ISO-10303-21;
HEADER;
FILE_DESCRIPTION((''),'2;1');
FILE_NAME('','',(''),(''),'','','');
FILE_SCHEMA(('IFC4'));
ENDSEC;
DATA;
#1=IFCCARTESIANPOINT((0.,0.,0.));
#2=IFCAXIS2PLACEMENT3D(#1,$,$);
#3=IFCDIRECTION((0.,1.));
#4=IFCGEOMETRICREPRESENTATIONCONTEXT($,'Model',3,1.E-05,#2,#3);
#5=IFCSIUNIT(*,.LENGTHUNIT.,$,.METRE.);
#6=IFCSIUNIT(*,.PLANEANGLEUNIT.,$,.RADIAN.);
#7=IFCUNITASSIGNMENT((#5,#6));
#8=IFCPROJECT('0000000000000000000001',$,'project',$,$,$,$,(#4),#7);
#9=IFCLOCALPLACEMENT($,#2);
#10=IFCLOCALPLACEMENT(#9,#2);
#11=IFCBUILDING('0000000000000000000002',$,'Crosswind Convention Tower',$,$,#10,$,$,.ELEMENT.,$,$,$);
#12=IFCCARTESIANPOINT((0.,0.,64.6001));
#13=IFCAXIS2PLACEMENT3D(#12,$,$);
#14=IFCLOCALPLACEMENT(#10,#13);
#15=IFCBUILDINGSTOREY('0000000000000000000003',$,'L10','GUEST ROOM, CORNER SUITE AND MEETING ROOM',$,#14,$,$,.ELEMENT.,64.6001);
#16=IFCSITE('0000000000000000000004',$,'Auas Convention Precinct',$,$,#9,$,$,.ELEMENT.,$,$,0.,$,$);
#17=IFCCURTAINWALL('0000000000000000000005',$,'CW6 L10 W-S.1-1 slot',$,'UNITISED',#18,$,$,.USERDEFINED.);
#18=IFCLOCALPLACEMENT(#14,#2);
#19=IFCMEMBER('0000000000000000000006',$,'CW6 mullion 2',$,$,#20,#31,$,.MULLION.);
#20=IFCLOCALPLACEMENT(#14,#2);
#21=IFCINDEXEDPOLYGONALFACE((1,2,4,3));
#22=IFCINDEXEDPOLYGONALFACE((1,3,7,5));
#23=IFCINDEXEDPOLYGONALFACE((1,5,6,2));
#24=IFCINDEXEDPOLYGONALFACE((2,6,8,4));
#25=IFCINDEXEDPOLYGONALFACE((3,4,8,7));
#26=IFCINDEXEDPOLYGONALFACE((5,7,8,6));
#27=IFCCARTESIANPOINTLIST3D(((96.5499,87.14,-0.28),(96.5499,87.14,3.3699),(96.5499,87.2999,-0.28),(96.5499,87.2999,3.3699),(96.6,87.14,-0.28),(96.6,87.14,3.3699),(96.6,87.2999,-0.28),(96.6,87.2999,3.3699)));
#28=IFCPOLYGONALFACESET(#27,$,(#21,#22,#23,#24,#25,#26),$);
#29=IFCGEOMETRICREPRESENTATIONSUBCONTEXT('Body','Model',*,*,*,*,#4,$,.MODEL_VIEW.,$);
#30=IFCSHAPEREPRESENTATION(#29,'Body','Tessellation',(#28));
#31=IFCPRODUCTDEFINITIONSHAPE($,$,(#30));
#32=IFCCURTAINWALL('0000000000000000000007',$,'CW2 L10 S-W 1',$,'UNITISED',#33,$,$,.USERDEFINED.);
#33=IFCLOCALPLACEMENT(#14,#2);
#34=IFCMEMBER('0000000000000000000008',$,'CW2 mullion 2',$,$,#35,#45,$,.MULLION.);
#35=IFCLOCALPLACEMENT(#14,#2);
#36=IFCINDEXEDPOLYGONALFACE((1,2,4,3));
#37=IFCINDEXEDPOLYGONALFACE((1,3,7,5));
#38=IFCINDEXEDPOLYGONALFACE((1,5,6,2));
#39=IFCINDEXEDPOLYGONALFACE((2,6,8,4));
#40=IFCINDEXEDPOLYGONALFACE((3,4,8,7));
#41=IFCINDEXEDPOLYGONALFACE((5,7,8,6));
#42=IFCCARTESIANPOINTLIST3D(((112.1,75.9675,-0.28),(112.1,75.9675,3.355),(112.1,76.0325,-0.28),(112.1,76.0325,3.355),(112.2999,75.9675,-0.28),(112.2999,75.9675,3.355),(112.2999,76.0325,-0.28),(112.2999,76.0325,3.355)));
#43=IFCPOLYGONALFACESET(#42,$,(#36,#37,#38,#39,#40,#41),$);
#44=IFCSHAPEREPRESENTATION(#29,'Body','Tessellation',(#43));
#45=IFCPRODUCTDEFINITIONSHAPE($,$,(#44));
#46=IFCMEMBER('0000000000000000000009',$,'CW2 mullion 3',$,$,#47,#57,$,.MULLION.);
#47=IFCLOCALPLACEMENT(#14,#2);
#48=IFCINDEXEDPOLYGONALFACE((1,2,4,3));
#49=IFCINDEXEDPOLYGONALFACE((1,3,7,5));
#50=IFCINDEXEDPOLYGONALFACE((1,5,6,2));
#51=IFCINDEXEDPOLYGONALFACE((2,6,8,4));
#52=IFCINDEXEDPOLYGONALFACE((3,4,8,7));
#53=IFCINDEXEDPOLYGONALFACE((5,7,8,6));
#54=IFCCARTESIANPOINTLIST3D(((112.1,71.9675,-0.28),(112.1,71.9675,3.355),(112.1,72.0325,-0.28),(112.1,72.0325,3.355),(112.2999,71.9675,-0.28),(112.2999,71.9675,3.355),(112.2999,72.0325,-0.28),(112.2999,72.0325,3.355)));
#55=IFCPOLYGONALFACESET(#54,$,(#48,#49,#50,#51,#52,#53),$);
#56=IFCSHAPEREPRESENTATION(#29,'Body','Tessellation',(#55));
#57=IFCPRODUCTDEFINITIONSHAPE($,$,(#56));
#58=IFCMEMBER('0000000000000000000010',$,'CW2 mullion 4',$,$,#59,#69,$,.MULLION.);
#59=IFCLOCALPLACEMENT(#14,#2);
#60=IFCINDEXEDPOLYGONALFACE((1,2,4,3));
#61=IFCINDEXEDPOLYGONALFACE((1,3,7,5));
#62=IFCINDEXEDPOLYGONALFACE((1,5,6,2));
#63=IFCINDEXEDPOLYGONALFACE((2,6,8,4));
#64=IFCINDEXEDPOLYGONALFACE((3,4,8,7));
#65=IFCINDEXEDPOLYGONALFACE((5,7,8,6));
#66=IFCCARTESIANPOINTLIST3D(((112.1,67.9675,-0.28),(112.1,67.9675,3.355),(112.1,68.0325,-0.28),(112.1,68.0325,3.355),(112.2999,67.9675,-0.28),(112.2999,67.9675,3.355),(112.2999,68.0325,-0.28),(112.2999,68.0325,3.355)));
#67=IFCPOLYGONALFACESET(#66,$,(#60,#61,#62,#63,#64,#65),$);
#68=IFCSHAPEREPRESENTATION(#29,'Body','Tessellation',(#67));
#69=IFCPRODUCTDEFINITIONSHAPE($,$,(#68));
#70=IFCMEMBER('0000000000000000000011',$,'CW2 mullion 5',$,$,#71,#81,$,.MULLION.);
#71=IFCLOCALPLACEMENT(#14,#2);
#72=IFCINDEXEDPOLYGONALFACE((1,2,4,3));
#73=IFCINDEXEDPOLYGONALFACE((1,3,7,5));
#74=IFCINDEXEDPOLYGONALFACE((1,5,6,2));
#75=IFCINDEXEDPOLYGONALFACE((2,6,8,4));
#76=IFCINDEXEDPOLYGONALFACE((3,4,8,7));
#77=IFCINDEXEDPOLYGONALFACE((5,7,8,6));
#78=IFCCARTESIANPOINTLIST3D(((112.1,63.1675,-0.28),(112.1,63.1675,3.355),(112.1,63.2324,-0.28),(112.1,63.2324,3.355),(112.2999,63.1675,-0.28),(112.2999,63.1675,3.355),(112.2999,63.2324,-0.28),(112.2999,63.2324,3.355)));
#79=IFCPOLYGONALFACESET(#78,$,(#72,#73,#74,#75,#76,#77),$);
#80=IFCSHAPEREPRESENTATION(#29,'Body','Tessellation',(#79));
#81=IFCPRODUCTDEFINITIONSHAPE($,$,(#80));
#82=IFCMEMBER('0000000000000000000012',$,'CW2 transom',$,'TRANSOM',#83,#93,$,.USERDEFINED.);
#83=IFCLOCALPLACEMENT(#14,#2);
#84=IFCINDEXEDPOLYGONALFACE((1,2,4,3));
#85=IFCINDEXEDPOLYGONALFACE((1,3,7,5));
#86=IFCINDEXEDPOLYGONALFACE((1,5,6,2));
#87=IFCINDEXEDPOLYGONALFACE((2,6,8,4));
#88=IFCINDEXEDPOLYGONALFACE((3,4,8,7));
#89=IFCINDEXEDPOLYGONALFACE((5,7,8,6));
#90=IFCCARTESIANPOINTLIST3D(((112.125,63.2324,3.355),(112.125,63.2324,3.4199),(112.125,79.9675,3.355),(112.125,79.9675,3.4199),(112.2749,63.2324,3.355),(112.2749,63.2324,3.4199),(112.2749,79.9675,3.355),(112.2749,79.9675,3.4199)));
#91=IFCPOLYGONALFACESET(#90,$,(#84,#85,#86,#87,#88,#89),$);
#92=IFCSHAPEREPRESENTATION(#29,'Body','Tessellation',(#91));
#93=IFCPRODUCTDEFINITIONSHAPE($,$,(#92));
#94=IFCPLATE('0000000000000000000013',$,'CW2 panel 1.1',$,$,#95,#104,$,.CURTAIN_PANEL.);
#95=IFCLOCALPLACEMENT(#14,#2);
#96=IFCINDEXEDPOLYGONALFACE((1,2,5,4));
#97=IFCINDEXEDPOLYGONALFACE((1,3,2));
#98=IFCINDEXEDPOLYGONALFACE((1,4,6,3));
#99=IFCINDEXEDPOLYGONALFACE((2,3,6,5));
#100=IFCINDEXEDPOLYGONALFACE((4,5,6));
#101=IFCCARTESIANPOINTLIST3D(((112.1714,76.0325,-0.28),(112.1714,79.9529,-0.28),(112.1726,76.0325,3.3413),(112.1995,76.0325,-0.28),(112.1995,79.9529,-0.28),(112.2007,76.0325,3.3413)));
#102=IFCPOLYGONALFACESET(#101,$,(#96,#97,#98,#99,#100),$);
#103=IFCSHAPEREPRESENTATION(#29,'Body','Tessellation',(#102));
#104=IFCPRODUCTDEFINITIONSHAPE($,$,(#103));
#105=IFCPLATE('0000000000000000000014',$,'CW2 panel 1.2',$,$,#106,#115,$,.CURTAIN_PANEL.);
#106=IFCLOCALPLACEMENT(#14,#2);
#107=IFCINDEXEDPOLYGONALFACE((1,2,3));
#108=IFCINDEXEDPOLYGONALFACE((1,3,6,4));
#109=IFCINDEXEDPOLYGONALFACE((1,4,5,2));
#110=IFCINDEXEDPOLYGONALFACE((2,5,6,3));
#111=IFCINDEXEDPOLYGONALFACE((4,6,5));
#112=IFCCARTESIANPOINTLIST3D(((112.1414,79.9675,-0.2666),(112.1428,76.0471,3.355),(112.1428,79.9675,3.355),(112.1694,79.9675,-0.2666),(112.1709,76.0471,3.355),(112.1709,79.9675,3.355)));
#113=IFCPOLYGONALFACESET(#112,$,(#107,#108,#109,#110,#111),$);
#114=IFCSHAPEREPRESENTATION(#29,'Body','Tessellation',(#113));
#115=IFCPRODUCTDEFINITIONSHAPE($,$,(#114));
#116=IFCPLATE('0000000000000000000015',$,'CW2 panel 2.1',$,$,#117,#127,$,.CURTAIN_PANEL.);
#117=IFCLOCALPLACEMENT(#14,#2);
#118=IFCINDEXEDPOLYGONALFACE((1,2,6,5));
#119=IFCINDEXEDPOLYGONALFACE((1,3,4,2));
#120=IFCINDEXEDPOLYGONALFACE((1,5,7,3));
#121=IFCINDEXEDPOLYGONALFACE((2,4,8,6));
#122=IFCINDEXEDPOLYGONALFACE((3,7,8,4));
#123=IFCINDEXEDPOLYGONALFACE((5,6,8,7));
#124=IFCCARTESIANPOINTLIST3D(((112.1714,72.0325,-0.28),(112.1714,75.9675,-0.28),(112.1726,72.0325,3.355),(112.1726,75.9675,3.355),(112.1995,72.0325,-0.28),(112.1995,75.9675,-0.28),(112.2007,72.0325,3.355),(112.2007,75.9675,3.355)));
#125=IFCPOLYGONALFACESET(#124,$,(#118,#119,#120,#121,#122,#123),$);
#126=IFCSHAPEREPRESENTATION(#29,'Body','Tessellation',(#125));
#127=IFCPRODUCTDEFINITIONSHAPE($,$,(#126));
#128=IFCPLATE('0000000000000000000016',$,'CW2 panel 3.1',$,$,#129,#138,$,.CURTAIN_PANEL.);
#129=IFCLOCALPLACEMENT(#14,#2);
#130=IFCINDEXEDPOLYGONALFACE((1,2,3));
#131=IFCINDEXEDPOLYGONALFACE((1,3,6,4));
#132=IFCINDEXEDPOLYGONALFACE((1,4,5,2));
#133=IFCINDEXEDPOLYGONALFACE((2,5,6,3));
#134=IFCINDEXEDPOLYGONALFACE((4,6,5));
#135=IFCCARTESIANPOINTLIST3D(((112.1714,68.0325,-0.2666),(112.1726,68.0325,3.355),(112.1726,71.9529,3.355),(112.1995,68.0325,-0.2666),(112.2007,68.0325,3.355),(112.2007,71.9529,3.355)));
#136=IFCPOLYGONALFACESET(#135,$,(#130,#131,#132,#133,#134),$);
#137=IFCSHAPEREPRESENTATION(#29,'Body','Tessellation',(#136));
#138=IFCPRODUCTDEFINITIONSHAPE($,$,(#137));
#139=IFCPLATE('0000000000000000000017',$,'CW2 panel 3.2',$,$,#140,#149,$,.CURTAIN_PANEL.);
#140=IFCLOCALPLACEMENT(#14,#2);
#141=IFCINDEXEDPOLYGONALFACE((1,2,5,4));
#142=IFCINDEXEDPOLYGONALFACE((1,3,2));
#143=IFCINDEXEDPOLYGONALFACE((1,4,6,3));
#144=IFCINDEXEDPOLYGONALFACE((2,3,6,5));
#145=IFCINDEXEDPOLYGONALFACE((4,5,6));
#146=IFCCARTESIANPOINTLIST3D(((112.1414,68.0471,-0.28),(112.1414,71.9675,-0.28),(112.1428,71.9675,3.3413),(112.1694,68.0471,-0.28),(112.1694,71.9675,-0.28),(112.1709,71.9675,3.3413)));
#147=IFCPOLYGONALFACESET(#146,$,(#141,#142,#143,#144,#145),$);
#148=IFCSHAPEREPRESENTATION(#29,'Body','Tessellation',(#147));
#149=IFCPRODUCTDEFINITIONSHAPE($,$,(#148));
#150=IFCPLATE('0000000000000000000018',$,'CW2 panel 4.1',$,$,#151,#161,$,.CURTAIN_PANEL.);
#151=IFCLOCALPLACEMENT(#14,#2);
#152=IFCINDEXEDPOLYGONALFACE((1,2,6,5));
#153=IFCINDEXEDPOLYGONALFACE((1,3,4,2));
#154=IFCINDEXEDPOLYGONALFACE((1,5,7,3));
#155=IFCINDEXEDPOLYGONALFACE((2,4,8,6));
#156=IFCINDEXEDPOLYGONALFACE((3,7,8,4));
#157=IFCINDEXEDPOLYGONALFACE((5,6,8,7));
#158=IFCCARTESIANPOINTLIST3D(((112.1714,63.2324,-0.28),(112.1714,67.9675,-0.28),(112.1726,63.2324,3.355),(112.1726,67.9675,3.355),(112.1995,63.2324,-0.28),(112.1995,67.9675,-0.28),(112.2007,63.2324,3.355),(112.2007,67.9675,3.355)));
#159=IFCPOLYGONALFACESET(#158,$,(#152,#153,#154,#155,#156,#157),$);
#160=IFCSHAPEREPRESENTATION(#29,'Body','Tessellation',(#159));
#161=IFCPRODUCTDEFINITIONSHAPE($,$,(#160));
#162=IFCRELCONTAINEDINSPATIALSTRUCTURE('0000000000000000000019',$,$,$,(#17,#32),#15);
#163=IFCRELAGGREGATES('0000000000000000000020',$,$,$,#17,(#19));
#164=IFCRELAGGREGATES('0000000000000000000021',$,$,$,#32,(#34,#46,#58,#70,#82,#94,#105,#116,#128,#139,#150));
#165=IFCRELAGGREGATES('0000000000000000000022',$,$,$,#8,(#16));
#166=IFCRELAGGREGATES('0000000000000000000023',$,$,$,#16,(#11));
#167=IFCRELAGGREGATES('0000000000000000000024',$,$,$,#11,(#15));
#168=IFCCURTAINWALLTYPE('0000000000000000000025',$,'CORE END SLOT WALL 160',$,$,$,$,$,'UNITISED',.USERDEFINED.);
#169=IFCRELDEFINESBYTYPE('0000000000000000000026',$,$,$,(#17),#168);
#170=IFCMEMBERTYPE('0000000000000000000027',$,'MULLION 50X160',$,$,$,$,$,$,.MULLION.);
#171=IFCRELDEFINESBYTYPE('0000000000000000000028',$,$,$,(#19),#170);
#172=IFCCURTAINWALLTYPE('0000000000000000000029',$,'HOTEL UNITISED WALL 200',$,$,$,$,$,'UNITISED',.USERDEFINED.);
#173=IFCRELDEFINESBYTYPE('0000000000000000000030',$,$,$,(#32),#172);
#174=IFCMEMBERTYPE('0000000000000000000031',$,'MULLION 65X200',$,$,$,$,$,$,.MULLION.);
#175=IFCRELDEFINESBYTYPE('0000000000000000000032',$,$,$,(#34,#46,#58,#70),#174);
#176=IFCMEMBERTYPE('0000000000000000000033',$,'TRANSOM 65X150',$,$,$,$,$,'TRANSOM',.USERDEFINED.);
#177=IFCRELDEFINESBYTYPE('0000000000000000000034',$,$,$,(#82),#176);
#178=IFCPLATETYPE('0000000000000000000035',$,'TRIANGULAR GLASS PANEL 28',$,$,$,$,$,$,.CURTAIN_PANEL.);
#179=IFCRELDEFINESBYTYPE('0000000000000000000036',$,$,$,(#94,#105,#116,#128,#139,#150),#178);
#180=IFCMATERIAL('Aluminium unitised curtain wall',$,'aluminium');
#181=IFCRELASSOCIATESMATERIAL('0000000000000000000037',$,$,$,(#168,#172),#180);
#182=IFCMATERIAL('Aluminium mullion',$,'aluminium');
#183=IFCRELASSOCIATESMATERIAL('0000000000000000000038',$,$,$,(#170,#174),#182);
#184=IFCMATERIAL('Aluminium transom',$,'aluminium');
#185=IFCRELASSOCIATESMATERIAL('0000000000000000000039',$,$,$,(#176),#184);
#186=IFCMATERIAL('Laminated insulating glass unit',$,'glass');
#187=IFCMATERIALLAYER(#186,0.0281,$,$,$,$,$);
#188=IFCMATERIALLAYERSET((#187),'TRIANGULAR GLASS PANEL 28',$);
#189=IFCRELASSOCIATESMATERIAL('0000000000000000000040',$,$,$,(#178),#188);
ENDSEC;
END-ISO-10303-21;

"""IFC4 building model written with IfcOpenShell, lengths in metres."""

from ifc_helpers import new_model, si_unit, direction, frame, origin, origin_2d, place, context, subcontext, project, spatial, polyline, rectangle, outline, extrude, material, layer, layer_set, material_profile, profile_set, type_object, element, aggregate, save


model = new_model("IFC4")

# Units and contexts
model_context = context("Model", 3, precision=1e-05, world=origin(), true_north=direction((0.0, 1.0)))
body_context = subcontext(model_context, "Body", "Model", "MODEL_VIEW")
ifc_project = project(units=[si_unit("LENGTHUNIT", "METRE"), si_unit("PLANEANGLEUNIT", "RADIAN")], contexts=[model_context])

# Site, building, storey
site_placement = place(None, origin())
site = spatial("IfcSite", under=ifc_project, at=site_placement, Name="Auas Convention Precinct", CompositionType="ELEMENT", RefElevation=0.0)
building_placement = place(site_placement, origin())
building = spatial("IfcBuilding", under=site, at=building_placement, Name="Crosswind Convention Tower", CompositionType="ELEMENT")
storey_placement = place(building_placement, frame((0.0, 0.0, 64.6001)))
storey = spatial("IfcBuildingStorey", under=building, at=storey_placement, Name="L10", Description="GUEST ROOM, CORNER SUITE AND MEETING ROOM", CompositionType="ELEMENT", Elevation=64.6001)

# Curtain wall, member
ifc_material_1 = material(Name="Aluminium unitised curtain wall", Category="aluminium")
curtain_wall_type_1 = type_object("IfcCurtainWallType", Name="CORE END SLOT WALL 160", ElementType="UNITISED", PredefinedType="USERDEFINED", material=ifc_material_1)
curtain_wall_1_placement = place(storey_placement, origin())
curtain_wall_1 = element("IfcCurtainWall", 1, at=curtain_wall_1_placement, inside=storey, type_object=curtain_wall_type_1, Name="CW6 L10 W-S.1-1 slot", ObjectType="UNITISED", PredefinedType="USERDEFINED")
ifc_material_2 = material(Name="Aluminium mullion", Category="aluminium")
ifc_material_profile_1 = material_profile(ifc_material_2, rectangle(XDim=0.1599, YDim=0.05, at=origin_2d()), Name="AL 160X50")
ifc_profile_set_1 = profile_set([ifc_material_profile_1], Name="Aluminium mullion")
member_type_1 = type_object("IfcMemberType", Name="MULLION 50X160", PredefinedType="MULLION", material=ifc_profile_set_1)
member_1_placement = place(storey_placement, frame((96.575, 87.22, -0.28), z_axis=(0.0, 0.0, 1.0), x_axis=(0.0, -1.0, 0.0)))
member_1 = element("IfcMember", 2, at=member_1_placement, type_object=member_type_1, Name="CW6 mullion 2", PredefinedType="MULLION", context=body_context, shape_type="SweptSolid", body=[
    extrude(rectangle(XDim=0.1599, YDim=0.05, at=origin_2d()), origin(), (0.0, 0.0, 1.0), 3.6499),
])
aggregate(curtain_wall_1, [member_1])

# Curtain wall, members, plates
curtain_wall_type_2 = type_object("IfcCurtainWallType", Name="HOTEL UNITISED WALL 200", ElementType="UNITISED", PredefinedType="USERDEFINED", material=ifc_material_1)
curtain_wall_2_placement = place(storey_placement, origin())
curtain_wall_2 = element("IfcCurtainWall", 3, at=curtain_wall_2_placement, inside=storey, type_object=curtain_wall_type_2, Name="CW2 L10 S-W 1", ObjectType="UNITISED", PredefinedType="USERDEFINED")
ifc_material_profile_2 = material_profile(ifc_material_2, rectangle(XDim=0.2, YDim=0.0649, at=origin_2d()), Name="AL 200X65")
ifc_profile_set_2 = profile_set([ifc_material_profile_2], Name="Aluminium mullion")
member_type_2 = type_object("IfcMemberType", Name="MULLION 65X200", PredefinedType="MULLION", material=ifc_profile_set_2)
member_2_placement = place(storey_placement, frame((112.2, 76.0, -0.28), z_axis=(0.0, 0.0, 1.0), x_axis=(-1.0, 0.0, 0.0)))
member_2 = element("IfcMember", 4, at=member_2_placement, type_object=member_type_2, Name="CW2 mullion 2", PredefinedType="MULLION", context=body_context, shape_type="SweptSolid", body=[
    extrude(rectangle(XDim=0.2, YDim=0.0649, at=origin_2d()), origin(), (0.0, 0.0, 1.0), 3.635),
])
member_3_placement = place(storey_placement, frame((112.2, 72.0, -0.28), z_axis=(0.0, 0.0, 1.0), x_axis=(-1.0, 0.0, 0.0)))
member_3 = element("IfcMember", 5, at=member_3_placement, type_object=member_type_2, Name="CW2 mullion 3", PredefinedType="MULLION", context=body_context, shape_type="SweptSolid", body=[
    extrude(rectangle(XDim=0.2, YDim=0.0649, at=origin_2d()), origin(), (0.0, 0.0, 1.0), 3.635),
])
member_4_placement = place(storey_placement, frame((112.2, 68.0, -0.28), z_axis=(0.0, 0.0, 1.0), x_axis=(-1.0, 0.0, 0.0)))
member_4 = element("IfcMember", 6, at=member_4_placement, type_object=member_type_2, Name="CW2 mullion 4", PredefinedType="MULLION", context=body_context, shape_type="SweptSolid", body=[
    extrude(rectangle(XDim=0.2, YDim=0.0649, at=origin_2d()), origin(), (0.0, 0.0, 1.0), 3.635),
])
member_5_placement = place(storey_placement, frame((112.2, 63.2, -0.28), z_axis=(0.0, 0.0, 1.0), x_axis=(-1.0, 0.0, 0.0)))
member_5 = element("IfcMember", 7, at=member_5_placement, type_object=member_type_2, Name="CW2 mullion 5", PredefinedType="MULLION", context=body_context, shape_type="SweptSolid", body=[
    extrude(rectangle(XDim=0.2, YDim=0.0649, at=origin_2d()), origin(), (0.0, 0.0, 1.0), 3.635),
])
ifc_material_3 = material(Name="Aluminium transom", Category="aluminium")
ifc_material_profile_3 = material_profile(ifc_material_3, rectangle(XDim=0.1499, YDim=0.0649, at=origin_2d()), Name="AL 150X65")
ifc_profile_set_3 = profile_set([ifc_material_profile_3], Name="Aluminium transom")
member_type_3 = type_object("IfcMemberType", Name="TRANSOM 65X150", ElementType="TRANSOM", PredefinedType="USERDEFINED", material=ifc_profile_set_3)
member_6_placement = place(storey_placement, frame((112.2, 79.9675, 3.3875), z_axis=(0.0, -1.0, 0.0), x_axis=(1.0, 0.0, 0.0)))
member_6 = element("IfcMember", 8, at=member_6_placement, type_object=member_type_3, Name="CW2 transom", ObjectType="TRANSOM", PredefinedType="USERDEFINED", context=body_context, shape_type="SweptSolid", body=[
    extrude(rectangle(XDim=0.1499, YDim=0.0649, at=origin_2d()), origin(), (0.0, 0.0, 1.0), 16.7351),
])
ifc_material_4 = material(Name="Laminated insulating glass unit", Category="glass")
ifc_layer_1 = layer(ifc_material_4, 0.0281)
ifc_layer_set_1 = layer_set([ifc_layer_1], Name="TRIANGULAR GLASS PANEL 28")
plate_type = type_object("IfcPlateType", Name="TRIANGULAR GLASS PANEL 28", PredefinedType="CURTAIN_PANEL", material=ifc_layer_set_1)
plate_1_placement = place(storey_placement, frame((112.1714, 76.0325, -0.28), z_axis=(-1.0, 0.0, 0.000337), x_axis=(0.000337, 0.0, 1.0)))
plate_1 = element("IfcPlate", 9, at=plate_1_placement, type_object=plate_type, Name="CW2 panel 1.1", PredefinedType="CURTAIN_PANEL", context=body_context, shape_type="SweptSolid", body=[
    extrude(outline(polyline([(0.0, 0.0), (3.6213, 0.0), (0.0, 3.9204), (0.0, 0.0)])), origin(), (0.0, 0.0, -1.0), 0.0281),
])
plate_2_placement = place(storey_placement, frame((112.1428, 79.9675, 3.355), z_axis=(-1.0, 0.0, 0.000404), x_axis=(-0.000404, 0.0, -1.0)))
plate_2 = element("IfcPlate", 10, at=plate_2_placement, type_object=plate_type, Name="CW2 panel 1.2", PredefinedType="CURTAIN_PANEL", context=body_context, shape_type="SweptSolid", body=[
    extrude(outline(polyline([(0.0, 0.0), (3.6216, 0.0), (0.0, 3.9204), (0.0, 0.0)])), origin(), (0.0, 0.0, -1.0), 0.0281),
])
plate_3_placement = place(storey_placement, frame((112.1714, 75.9675, -0.28), z_axis=(-1.0, 0.0, 0.000336), x_axis=(0.0, -1.0, 0.0)))
plate_3 = element("IfcPlate", 11, at=plate_3_placement, type_object=plate_type, Name="CW2 panel 2.1", PredefinedType="CURTAIN_PANEL", context=body_context, shape_type="SweptSolid", body=[
    extrude(outline(polyline([(0.0, 0.0), (3.9351, 0.0), (3.9351, 3.635), (0.0, 3.635), (0.0, 0.0)])), origin(), (0.0, 0.0, -1.0), 0.0281),
])
plate_4_placement = place(storey_placement, frame((112.1726, 68.0325, 3.355), z_axis=(-1.0, 0.0, 0.000337), x_axis=(0.0, 1.0, 0.0)))
plate_4 = element("IfcPlate", 12, at=plate_4_placement, type_object=plate_type, Name="CW2 panel 3.1", PredefinedType="CURTAIN_PANEL", context=body_context, shape_type="SweptSolid", body=[
    extrude(outline(polyline([(0.0, 0.0), (3.9204, 0.0), (0.0, 3.6216), (0.0, 0.0)])), origin(), (0.0, 0.0, -1.0), 0.0281),
])
plate_5_placement = place(storey_placement, frame((112.1414, 71.9675, -0.28), z_axis=(-1.0, 0.0, 0.000405), x_axis=(0.0, -1.0, 0.0)))
plate_5 = element("IfcPlate", 13, at=plate_5_placement, type_object=plate_type, Name="CW2 panel 3.2", PredefinedType="CURTAIN_PANEL", context=body_context, shape_type="SweptSolid", body=[
    extrude(outline(polyline([(0.0, 0.0), (3.9204, 0.0), (0.0, 3.6213), (0.0, 0.0)])), origin(), (0.0, 0.0, -1.0), 0.0281),
])
plate_6_placement = place(storey_placement, frame((112.1714, 67.9675, -0.28), z_axis=(-1.0, 0.0, 0.000336), x_axis=(0.0, -1.0, 0.0)))
plate_6 = element("IfcPlate", 14, at=plate_6_placement, type_object=plate_type, Name="CW2 panel 4.1", PredefinedType="CURTAIN_PANEL", context=body_context, shape_type="SweptSolid", body=[
    extrude(outline(polyline([(0.0, 0.0), (4.7351, 0.0), (4.7351, 3.635), (0.0, 3.635), (0.0, 0.0)])), origin(), (0.0, 0.0, -1.0), 0.0281),
])

aggregate(curtain_wall_2, [member_2, member_3, member_4, member_5, member_6, plate_1, plate_2, plate_3, plate_4, plate_5, plate_6])

save(model, "model.ifc")
